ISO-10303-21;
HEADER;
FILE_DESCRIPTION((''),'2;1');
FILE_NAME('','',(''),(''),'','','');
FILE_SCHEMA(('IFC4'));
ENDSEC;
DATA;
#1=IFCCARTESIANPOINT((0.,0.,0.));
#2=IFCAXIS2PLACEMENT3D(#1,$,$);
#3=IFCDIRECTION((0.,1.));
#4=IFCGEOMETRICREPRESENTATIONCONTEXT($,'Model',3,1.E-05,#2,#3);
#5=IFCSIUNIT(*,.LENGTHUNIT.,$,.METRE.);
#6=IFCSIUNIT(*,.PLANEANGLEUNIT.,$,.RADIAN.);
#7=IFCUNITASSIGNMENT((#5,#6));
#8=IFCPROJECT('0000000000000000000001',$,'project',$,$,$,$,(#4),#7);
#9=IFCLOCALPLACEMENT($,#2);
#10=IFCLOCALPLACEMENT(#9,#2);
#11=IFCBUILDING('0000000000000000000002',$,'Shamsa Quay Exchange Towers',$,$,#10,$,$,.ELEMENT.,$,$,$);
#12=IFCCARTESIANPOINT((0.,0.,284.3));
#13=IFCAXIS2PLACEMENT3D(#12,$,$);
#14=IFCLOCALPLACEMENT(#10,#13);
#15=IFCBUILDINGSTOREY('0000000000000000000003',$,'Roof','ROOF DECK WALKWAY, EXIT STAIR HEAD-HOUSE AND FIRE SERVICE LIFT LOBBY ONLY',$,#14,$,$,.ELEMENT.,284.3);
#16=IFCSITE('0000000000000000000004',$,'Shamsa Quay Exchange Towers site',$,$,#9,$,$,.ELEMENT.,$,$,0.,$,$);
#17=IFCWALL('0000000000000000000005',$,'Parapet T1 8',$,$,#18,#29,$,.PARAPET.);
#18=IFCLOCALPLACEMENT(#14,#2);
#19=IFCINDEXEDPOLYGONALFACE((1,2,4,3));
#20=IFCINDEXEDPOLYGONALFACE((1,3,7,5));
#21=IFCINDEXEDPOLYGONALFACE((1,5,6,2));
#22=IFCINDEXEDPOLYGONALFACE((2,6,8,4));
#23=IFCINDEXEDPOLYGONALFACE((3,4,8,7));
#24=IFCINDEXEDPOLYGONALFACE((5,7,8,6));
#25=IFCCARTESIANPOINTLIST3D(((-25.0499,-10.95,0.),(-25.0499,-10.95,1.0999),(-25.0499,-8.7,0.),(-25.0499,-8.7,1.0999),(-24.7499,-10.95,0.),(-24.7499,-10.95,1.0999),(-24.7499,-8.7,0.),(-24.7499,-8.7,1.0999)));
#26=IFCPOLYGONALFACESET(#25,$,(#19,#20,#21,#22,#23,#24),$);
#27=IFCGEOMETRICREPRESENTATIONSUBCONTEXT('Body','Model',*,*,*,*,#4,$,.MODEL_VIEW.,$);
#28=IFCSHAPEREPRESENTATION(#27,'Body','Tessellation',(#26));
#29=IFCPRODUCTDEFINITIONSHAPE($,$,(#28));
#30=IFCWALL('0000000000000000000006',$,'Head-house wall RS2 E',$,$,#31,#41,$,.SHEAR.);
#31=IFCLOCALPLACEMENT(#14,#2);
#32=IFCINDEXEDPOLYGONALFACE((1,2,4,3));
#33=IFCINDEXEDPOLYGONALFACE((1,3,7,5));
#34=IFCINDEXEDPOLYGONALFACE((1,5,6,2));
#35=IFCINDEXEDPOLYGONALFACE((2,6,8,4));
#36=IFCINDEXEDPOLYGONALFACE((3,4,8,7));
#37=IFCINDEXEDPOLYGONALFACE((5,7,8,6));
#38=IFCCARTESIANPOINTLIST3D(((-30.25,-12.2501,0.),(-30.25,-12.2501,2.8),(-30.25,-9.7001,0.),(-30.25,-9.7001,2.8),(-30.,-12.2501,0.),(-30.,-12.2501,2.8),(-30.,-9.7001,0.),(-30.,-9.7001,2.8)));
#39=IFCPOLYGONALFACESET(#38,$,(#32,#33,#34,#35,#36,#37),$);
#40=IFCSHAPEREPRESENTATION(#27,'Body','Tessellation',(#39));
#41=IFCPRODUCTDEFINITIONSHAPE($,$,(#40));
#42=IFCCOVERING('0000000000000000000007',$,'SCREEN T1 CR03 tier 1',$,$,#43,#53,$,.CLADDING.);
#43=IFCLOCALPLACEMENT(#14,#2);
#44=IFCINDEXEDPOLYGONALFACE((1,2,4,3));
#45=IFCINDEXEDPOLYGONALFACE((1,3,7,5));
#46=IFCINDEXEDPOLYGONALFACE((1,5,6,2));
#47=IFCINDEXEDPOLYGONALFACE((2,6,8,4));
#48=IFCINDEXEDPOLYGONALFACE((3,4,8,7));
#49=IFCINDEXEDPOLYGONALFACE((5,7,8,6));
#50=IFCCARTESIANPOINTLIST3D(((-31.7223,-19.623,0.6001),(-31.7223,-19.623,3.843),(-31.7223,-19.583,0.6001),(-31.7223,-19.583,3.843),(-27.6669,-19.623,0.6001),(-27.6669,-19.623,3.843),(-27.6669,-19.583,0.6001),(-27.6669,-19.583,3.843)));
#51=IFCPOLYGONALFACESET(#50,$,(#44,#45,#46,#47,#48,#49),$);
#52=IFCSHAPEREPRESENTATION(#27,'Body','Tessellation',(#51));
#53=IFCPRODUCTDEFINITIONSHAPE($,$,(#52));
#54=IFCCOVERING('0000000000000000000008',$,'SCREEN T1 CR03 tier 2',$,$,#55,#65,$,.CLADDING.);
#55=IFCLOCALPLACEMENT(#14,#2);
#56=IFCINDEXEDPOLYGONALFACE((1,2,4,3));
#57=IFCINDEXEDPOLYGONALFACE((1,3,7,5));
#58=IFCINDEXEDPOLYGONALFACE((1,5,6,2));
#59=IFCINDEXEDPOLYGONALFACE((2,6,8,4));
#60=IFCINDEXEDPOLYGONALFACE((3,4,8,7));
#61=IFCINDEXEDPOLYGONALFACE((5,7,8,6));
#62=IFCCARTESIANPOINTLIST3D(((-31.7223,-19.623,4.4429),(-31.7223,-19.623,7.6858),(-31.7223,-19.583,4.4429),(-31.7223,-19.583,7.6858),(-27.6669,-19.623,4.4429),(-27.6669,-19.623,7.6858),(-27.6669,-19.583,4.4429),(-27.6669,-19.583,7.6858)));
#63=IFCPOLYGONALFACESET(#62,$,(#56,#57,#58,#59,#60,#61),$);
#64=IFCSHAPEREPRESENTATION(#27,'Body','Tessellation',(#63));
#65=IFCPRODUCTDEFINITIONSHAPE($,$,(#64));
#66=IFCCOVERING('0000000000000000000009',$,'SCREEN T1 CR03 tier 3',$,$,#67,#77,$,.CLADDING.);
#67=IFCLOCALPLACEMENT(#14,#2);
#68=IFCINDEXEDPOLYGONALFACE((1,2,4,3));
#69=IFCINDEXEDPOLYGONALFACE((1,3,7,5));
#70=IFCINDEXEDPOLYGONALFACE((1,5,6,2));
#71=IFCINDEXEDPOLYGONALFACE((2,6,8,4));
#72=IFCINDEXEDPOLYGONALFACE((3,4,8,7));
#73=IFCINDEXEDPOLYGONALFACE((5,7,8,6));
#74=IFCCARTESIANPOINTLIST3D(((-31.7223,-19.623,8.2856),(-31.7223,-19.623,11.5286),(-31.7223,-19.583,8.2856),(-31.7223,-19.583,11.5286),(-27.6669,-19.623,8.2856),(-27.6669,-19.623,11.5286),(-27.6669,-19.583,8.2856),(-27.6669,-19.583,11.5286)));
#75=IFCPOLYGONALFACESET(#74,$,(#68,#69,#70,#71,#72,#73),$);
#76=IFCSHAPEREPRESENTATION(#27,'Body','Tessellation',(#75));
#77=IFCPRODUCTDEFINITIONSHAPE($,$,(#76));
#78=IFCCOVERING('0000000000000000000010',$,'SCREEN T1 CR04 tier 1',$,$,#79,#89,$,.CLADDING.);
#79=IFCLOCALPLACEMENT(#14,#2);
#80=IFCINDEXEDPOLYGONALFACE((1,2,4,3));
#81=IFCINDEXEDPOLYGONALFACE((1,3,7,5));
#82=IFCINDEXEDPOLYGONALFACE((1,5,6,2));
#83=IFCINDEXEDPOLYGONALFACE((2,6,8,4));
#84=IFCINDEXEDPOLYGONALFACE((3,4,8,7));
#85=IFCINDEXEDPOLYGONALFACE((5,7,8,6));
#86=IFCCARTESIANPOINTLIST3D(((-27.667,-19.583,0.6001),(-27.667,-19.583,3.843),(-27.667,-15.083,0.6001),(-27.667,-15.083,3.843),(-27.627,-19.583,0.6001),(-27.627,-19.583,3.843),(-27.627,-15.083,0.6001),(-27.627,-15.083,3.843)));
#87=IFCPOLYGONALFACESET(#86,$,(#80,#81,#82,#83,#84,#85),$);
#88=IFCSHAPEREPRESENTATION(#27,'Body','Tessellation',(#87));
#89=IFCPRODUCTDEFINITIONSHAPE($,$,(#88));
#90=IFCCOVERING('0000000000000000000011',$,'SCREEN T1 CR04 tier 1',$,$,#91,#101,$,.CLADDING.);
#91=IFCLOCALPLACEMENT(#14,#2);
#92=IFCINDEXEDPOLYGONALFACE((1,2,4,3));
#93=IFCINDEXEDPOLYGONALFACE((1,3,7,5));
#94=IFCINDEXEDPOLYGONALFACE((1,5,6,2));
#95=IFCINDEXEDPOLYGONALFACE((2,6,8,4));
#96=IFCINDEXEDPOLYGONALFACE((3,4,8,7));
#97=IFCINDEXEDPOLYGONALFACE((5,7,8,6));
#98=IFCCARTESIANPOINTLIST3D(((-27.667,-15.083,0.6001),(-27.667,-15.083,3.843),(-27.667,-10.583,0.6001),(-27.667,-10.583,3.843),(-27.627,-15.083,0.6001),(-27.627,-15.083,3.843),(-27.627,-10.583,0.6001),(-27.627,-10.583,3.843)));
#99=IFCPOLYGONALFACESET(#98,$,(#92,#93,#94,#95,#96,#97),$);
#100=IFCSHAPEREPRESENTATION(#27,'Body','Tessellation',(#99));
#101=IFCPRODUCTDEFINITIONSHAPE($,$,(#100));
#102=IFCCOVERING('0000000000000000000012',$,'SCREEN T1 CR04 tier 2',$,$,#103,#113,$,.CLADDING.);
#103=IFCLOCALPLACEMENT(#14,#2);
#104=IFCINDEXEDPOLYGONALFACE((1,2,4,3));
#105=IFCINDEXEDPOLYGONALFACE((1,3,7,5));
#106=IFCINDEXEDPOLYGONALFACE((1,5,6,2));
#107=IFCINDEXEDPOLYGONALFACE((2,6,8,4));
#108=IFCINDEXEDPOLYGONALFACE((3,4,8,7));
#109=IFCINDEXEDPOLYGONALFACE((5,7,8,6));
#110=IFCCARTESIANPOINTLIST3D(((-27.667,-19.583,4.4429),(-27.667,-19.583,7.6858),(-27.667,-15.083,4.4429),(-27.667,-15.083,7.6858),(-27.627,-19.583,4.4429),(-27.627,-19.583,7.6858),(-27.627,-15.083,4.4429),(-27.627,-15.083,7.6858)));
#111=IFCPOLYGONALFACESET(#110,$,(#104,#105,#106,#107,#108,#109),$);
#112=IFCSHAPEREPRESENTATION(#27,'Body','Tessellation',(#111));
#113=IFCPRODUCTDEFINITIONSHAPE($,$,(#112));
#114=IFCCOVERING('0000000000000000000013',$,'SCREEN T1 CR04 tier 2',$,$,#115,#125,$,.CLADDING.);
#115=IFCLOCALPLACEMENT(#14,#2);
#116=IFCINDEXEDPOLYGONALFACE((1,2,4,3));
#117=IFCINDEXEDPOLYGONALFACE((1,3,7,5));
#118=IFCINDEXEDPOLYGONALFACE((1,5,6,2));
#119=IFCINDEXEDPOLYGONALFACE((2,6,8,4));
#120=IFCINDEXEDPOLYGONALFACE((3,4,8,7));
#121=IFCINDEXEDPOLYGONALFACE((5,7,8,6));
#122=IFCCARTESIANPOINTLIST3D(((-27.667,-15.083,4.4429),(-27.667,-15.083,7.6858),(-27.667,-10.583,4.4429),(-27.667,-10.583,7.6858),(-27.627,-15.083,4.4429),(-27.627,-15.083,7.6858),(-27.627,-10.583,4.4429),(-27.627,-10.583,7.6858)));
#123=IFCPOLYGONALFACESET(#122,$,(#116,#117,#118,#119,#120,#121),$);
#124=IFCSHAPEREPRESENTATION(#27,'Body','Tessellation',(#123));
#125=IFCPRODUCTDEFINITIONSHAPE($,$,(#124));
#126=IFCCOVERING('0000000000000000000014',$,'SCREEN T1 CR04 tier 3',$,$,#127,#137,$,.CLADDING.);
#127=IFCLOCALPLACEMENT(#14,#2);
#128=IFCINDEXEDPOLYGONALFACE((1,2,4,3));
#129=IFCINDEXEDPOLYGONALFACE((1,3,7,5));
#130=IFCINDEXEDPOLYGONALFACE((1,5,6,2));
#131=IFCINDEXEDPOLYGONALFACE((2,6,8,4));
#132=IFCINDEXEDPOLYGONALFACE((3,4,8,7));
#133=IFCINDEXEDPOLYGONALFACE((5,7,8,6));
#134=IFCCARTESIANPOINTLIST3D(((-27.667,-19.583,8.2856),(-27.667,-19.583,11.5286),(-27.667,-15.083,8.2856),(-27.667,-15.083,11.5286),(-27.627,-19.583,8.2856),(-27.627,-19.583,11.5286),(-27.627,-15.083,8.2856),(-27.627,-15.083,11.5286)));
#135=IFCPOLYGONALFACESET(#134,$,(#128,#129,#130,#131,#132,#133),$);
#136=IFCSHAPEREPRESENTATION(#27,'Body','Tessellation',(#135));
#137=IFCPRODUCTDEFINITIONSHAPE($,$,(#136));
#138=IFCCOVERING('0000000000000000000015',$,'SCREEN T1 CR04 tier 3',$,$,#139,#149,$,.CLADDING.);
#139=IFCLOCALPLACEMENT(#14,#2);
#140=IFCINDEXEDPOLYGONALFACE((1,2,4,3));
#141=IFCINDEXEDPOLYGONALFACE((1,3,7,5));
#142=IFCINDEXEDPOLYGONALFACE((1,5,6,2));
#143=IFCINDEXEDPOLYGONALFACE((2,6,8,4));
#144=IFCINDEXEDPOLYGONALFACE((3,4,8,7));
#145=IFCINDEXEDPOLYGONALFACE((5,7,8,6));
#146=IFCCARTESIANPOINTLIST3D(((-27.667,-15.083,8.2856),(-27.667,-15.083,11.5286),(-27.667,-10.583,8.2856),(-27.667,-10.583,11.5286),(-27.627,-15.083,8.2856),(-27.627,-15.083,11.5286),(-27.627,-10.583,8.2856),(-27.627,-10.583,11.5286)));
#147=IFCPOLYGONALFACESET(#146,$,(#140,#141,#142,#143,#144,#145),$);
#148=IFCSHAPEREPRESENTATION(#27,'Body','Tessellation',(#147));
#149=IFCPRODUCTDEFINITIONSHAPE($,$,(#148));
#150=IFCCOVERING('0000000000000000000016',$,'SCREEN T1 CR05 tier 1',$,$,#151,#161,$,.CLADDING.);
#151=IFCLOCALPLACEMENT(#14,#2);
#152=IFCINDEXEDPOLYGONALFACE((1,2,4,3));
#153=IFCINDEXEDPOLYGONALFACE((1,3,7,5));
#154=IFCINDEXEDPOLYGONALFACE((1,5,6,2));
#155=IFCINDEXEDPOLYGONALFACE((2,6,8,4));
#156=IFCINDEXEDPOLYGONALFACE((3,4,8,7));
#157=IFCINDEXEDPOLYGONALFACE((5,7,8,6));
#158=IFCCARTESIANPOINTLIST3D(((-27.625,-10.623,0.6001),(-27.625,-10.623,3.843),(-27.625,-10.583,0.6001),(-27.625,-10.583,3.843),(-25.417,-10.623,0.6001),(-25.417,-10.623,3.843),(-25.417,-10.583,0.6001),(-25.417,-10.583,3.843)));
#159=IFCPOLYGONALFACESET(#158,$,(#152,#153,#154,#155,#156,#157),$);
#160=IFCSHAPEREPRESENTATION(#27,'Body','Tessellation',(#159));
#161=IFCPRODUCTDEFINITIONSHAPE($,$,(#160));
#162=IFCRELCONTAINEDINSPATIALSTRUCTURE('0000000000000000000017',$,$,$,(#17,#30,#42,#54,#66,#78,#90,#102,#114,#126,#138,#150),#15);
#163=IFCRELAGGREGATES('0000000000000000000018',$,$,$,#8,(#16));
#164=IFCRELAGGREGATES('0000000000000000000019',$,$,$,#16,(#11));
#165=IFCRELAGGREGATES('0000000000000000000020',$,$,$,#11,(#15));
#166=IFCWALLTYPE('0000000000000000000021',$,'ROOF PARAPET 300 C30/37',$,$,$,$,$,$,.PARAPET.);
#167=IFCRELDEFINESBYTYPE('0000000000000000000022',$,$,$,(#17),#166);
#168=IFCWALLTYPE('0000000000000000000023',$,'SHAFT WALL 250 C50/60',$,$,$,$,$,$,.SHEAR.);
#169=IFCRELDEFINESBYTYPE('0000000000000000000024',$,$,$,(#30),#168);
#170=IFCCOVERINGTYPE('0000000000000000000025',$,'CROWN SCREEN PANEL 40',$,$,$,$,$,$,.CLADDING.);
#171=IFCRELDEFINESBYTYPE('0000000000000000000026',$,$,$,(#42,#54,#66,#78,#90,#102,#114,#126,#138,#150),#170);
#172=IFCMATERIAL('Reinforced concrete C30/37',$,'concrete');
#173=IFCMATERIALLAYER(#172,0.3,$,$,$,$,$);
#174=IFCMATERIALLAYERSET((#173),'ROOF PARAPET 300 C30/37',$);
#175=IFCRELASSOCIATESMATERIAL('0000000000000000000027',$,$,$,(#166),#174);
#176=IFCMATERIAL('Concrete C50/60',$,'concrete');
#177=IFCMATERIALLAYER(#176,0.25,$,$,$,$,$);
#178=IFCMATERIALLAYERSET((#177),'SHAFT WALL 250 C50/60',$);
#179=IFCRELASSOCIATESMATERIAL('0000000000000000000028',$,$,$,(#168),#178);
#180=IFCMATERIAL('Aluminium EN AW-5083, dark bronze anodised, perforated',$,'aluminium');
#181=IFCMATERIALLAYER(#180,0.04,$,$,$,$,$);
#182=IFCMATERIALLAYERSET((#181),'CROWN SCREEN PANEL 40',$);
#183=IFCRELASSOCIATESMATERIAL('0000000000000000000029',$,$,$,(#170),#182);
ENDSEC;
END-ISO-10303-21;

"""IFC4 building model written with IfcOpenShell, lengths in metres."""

from ifc_helpers import new_model, si_unit, direction, frame, frame_2d, origin, origin_2d, place, context, subcontext, project, spatial, rectangle, extrude, material, layer, layer_set, type_object, element, save


model = new_model("IFC4")

# Units and contexts
model_context = context("Model", 3, precision=1e-05, world=origin(), true_north=direction((0.0, 1.0)))
body_context = subcontext(model_context, "Body", "Model", "MODEL_VIEW")
ifc_project = project(units=[si_unit("LENGTHUNIT", "METRE"), si_unit("PLANEANGLEUNIT", "RADIAN")], contexts=[model_context])

# Site, building, storey
site_placement = place(None, origin())
site = spatial("IfcSite", under=ifc_project, at=site_placement, Name="Shamsa Quay Exchange Towers site", CompositionType="ELEMENT", RefElevation=0.0)
building_placement = place(site_placement, origin())
building = spatial("IfcBuilding", under=site, at=building_placement, Name="Shamsa Quay Exchange Towers", CompositionType="ELEMENT")
storey_placement = place(building_placement, frame((0.0, 0.0, 284.3)))
storey = spatial("IfcBuildingStorey", under=building, at=storey_placement, Name="Roof", Description="ROOF DECK WALKWAY, EXIT STAIR HEAD-HOUSE AND FIRE SERVICE LIFT LOBBY ONLY", CompositionType="ELEMENT", Elevation=284.3)

# Walls
ifc_material_1 = material(Name="Reinforced concrete C30/37", Category="concrete")
ifc_layer_1 = layer(ifc_material_1, 0.3)
ifc_layer_set_1 = layer_set([ifc_layer_1], Name="ROOF PARAPET 300 C30/37")
wall_type_1 = type_object("IfcWallType", Name="ROOF PARAPET 300 C30/37", PredefinedType="PARAPET", material=ifc_layer_set_1)
wall_1_placement = place(storey_placement, frame((-24.8999, -10.95, 0.0), z_axis=(0.0, 0.0, 1.0), x_axis=(0.0, 1.0, 0.0)))
element("IfcWall", 1, at=wall_1_placement, inside=storey, type_object=wall_type_1, Name="Parapet T1 8", PredefinedType="PARAPET", context=body_context, shape_type="SweptSolid", body=[
    extrude(rectangle(XDim=2.25, YDim=0.3, at=frame_2d((1.125, 0.0))), origin(), (0.0, 0.0, 1.0), 1.0999),
])
ifc_material_2 = material(Name="Concrete C50/60", Category="concrete")
ifc_layer_2 = layer(ifc_material_2, 0.25)
ifc_layer_set_2 = layer_set([ifc_layer_2], Name="SHAFT WALL 250 C50/60")
wall_type_2 = type_object("IfcWallType", Name="SHAFT WALL 250 C50/60", PredefinedType="SHEAR", material=ifc_layer_set_2)
wall_2_placement = place(storey_placement, frame((-30.125, -12.25, 0.0), z_axis=(0.0, 0.0, 1.0), x_axis=(0.0, 1.0, 0.0)))
element("IfcWall", 2, at=wall_2_placement, inside=storey, type_object=wall_type_2, Name="Head-house wall RS2 E", PredefinedType="SHEAR", context=body_context, shape_type="SweptSolid", body=[
    extrude(rectangle(XDim=2.55, YDim=0.25, at=frame_2d((1.2749, 0.0))), origin(), (0.0, 0.0, 1.0), 2.8),
])

# Coverings
ifc_material_3 = material(Name="Aluminium EN AW-5083, dark bronze anodised, perforated", Category="aluminium")
ifc_layer_3 = layer(ifc_material_3, 0.04)
ifc_layer_set_3 = layer_set([ifc_layer_3], Name="CROWN SCREEN PANEL 40")
covering_type = type_object("IfcCoveringType", Name="CROWN SCREEN PANEL 40", PredefinedType="CLADDING", material=ifc_layer_set_3)
for number, where, name in (
    (3, (-29.6946, -19.603, 0.6001), "SCREEN T1 CR03 tier 1"),
    (4, (-29.6946, -19.603, 4.4429), "SCREEN T1 CR03 tier 2"),
    (5, (-29.6946, -19.603, 8.2856), "SCREEN T1 CR03 tier 3"),
):
    element("IfcCovering", number, at=place(storey_placement, frame(where)), inside=storey, type_object=covering_type, Name=name, PredefinedType="CLADDING", context=body_context, shape_type="SweptSolid", body=[
        extrude(rectangle(XDim=4.0554, YDim=0.04, at=origin_2d()), origin(), (0.0, 0.0, 1.0), 3.2429),
    ])
for number, where, z_axis, x_axis, name in (
    (6, (-27.647, -17.333, 0.6001), (0.0, 0.0, 1.0), (0.0, 1.0, 0.0), "SCREEN T1 CR04 tier 1"),
    (7, (-27.647, -12.833, 0.6001), (0.0, 0.0, 1.0), (0.0, 1.0, 0.0), "SCREEN T1 CR04 tier 1"),
    (8, (-27.647, -17.333, 4.4429), (0.0, 0.0, 1.0), (0.0, 1.0, 0.0), "SCREEN T1 CR04 tier 2"),
    (9, (-27.647, -12.833, 4.4429), (0.0, 0.0, 1.0), (0.0, 1.0, 0.0), "SCREEN T1 CR04 tier 2"),
    (10, (-27.647, -17.333, 8.2856), (0.0, 0.0, 1.0), (0.0, 1.0, 0.0), "SCREEN T1 CR04 tier 3"),
    (11, (-27.647, -12.833, 8.2856), (0.0, 0.0, 1.0), (0.0, 1.0, 0.0), "SCREEN T1 CR04 tier 3"),
):
    element("IfcCovering", number, at=place(storey_placement, frame(where, z_axis=z_axis, x_axis=x_axis)), inside=storey, type_object=covering_type, Name=name, PredefinedType="CLADDING", context=body_context, shape_type="SweptSolid", body=[
        extrude(rectangle(XDim=4.5, YDim=0.04, at=origin_2d()), origin(), (0.0, 0.0, 1.0), 3.2429),
    ])
covering_placement = place(storey_placement, frame((-26.521, -10.603, 0.6001)))
element("IfcCovering", 12, at=covering_placement, inside=storey, type_object=covering_type, Name="SCREEN T1 CR05 tier 1", PredefinedType="CLADDING", context=body_context, shape_type="SweptSolid", body=[
    extrude(rectangle(XDim=2.208, YDim=0.04, at=origin_2d()), origin(), (0.0, 0.0, 1.0), 3.2429),
])

save(model, "model.ifc")
